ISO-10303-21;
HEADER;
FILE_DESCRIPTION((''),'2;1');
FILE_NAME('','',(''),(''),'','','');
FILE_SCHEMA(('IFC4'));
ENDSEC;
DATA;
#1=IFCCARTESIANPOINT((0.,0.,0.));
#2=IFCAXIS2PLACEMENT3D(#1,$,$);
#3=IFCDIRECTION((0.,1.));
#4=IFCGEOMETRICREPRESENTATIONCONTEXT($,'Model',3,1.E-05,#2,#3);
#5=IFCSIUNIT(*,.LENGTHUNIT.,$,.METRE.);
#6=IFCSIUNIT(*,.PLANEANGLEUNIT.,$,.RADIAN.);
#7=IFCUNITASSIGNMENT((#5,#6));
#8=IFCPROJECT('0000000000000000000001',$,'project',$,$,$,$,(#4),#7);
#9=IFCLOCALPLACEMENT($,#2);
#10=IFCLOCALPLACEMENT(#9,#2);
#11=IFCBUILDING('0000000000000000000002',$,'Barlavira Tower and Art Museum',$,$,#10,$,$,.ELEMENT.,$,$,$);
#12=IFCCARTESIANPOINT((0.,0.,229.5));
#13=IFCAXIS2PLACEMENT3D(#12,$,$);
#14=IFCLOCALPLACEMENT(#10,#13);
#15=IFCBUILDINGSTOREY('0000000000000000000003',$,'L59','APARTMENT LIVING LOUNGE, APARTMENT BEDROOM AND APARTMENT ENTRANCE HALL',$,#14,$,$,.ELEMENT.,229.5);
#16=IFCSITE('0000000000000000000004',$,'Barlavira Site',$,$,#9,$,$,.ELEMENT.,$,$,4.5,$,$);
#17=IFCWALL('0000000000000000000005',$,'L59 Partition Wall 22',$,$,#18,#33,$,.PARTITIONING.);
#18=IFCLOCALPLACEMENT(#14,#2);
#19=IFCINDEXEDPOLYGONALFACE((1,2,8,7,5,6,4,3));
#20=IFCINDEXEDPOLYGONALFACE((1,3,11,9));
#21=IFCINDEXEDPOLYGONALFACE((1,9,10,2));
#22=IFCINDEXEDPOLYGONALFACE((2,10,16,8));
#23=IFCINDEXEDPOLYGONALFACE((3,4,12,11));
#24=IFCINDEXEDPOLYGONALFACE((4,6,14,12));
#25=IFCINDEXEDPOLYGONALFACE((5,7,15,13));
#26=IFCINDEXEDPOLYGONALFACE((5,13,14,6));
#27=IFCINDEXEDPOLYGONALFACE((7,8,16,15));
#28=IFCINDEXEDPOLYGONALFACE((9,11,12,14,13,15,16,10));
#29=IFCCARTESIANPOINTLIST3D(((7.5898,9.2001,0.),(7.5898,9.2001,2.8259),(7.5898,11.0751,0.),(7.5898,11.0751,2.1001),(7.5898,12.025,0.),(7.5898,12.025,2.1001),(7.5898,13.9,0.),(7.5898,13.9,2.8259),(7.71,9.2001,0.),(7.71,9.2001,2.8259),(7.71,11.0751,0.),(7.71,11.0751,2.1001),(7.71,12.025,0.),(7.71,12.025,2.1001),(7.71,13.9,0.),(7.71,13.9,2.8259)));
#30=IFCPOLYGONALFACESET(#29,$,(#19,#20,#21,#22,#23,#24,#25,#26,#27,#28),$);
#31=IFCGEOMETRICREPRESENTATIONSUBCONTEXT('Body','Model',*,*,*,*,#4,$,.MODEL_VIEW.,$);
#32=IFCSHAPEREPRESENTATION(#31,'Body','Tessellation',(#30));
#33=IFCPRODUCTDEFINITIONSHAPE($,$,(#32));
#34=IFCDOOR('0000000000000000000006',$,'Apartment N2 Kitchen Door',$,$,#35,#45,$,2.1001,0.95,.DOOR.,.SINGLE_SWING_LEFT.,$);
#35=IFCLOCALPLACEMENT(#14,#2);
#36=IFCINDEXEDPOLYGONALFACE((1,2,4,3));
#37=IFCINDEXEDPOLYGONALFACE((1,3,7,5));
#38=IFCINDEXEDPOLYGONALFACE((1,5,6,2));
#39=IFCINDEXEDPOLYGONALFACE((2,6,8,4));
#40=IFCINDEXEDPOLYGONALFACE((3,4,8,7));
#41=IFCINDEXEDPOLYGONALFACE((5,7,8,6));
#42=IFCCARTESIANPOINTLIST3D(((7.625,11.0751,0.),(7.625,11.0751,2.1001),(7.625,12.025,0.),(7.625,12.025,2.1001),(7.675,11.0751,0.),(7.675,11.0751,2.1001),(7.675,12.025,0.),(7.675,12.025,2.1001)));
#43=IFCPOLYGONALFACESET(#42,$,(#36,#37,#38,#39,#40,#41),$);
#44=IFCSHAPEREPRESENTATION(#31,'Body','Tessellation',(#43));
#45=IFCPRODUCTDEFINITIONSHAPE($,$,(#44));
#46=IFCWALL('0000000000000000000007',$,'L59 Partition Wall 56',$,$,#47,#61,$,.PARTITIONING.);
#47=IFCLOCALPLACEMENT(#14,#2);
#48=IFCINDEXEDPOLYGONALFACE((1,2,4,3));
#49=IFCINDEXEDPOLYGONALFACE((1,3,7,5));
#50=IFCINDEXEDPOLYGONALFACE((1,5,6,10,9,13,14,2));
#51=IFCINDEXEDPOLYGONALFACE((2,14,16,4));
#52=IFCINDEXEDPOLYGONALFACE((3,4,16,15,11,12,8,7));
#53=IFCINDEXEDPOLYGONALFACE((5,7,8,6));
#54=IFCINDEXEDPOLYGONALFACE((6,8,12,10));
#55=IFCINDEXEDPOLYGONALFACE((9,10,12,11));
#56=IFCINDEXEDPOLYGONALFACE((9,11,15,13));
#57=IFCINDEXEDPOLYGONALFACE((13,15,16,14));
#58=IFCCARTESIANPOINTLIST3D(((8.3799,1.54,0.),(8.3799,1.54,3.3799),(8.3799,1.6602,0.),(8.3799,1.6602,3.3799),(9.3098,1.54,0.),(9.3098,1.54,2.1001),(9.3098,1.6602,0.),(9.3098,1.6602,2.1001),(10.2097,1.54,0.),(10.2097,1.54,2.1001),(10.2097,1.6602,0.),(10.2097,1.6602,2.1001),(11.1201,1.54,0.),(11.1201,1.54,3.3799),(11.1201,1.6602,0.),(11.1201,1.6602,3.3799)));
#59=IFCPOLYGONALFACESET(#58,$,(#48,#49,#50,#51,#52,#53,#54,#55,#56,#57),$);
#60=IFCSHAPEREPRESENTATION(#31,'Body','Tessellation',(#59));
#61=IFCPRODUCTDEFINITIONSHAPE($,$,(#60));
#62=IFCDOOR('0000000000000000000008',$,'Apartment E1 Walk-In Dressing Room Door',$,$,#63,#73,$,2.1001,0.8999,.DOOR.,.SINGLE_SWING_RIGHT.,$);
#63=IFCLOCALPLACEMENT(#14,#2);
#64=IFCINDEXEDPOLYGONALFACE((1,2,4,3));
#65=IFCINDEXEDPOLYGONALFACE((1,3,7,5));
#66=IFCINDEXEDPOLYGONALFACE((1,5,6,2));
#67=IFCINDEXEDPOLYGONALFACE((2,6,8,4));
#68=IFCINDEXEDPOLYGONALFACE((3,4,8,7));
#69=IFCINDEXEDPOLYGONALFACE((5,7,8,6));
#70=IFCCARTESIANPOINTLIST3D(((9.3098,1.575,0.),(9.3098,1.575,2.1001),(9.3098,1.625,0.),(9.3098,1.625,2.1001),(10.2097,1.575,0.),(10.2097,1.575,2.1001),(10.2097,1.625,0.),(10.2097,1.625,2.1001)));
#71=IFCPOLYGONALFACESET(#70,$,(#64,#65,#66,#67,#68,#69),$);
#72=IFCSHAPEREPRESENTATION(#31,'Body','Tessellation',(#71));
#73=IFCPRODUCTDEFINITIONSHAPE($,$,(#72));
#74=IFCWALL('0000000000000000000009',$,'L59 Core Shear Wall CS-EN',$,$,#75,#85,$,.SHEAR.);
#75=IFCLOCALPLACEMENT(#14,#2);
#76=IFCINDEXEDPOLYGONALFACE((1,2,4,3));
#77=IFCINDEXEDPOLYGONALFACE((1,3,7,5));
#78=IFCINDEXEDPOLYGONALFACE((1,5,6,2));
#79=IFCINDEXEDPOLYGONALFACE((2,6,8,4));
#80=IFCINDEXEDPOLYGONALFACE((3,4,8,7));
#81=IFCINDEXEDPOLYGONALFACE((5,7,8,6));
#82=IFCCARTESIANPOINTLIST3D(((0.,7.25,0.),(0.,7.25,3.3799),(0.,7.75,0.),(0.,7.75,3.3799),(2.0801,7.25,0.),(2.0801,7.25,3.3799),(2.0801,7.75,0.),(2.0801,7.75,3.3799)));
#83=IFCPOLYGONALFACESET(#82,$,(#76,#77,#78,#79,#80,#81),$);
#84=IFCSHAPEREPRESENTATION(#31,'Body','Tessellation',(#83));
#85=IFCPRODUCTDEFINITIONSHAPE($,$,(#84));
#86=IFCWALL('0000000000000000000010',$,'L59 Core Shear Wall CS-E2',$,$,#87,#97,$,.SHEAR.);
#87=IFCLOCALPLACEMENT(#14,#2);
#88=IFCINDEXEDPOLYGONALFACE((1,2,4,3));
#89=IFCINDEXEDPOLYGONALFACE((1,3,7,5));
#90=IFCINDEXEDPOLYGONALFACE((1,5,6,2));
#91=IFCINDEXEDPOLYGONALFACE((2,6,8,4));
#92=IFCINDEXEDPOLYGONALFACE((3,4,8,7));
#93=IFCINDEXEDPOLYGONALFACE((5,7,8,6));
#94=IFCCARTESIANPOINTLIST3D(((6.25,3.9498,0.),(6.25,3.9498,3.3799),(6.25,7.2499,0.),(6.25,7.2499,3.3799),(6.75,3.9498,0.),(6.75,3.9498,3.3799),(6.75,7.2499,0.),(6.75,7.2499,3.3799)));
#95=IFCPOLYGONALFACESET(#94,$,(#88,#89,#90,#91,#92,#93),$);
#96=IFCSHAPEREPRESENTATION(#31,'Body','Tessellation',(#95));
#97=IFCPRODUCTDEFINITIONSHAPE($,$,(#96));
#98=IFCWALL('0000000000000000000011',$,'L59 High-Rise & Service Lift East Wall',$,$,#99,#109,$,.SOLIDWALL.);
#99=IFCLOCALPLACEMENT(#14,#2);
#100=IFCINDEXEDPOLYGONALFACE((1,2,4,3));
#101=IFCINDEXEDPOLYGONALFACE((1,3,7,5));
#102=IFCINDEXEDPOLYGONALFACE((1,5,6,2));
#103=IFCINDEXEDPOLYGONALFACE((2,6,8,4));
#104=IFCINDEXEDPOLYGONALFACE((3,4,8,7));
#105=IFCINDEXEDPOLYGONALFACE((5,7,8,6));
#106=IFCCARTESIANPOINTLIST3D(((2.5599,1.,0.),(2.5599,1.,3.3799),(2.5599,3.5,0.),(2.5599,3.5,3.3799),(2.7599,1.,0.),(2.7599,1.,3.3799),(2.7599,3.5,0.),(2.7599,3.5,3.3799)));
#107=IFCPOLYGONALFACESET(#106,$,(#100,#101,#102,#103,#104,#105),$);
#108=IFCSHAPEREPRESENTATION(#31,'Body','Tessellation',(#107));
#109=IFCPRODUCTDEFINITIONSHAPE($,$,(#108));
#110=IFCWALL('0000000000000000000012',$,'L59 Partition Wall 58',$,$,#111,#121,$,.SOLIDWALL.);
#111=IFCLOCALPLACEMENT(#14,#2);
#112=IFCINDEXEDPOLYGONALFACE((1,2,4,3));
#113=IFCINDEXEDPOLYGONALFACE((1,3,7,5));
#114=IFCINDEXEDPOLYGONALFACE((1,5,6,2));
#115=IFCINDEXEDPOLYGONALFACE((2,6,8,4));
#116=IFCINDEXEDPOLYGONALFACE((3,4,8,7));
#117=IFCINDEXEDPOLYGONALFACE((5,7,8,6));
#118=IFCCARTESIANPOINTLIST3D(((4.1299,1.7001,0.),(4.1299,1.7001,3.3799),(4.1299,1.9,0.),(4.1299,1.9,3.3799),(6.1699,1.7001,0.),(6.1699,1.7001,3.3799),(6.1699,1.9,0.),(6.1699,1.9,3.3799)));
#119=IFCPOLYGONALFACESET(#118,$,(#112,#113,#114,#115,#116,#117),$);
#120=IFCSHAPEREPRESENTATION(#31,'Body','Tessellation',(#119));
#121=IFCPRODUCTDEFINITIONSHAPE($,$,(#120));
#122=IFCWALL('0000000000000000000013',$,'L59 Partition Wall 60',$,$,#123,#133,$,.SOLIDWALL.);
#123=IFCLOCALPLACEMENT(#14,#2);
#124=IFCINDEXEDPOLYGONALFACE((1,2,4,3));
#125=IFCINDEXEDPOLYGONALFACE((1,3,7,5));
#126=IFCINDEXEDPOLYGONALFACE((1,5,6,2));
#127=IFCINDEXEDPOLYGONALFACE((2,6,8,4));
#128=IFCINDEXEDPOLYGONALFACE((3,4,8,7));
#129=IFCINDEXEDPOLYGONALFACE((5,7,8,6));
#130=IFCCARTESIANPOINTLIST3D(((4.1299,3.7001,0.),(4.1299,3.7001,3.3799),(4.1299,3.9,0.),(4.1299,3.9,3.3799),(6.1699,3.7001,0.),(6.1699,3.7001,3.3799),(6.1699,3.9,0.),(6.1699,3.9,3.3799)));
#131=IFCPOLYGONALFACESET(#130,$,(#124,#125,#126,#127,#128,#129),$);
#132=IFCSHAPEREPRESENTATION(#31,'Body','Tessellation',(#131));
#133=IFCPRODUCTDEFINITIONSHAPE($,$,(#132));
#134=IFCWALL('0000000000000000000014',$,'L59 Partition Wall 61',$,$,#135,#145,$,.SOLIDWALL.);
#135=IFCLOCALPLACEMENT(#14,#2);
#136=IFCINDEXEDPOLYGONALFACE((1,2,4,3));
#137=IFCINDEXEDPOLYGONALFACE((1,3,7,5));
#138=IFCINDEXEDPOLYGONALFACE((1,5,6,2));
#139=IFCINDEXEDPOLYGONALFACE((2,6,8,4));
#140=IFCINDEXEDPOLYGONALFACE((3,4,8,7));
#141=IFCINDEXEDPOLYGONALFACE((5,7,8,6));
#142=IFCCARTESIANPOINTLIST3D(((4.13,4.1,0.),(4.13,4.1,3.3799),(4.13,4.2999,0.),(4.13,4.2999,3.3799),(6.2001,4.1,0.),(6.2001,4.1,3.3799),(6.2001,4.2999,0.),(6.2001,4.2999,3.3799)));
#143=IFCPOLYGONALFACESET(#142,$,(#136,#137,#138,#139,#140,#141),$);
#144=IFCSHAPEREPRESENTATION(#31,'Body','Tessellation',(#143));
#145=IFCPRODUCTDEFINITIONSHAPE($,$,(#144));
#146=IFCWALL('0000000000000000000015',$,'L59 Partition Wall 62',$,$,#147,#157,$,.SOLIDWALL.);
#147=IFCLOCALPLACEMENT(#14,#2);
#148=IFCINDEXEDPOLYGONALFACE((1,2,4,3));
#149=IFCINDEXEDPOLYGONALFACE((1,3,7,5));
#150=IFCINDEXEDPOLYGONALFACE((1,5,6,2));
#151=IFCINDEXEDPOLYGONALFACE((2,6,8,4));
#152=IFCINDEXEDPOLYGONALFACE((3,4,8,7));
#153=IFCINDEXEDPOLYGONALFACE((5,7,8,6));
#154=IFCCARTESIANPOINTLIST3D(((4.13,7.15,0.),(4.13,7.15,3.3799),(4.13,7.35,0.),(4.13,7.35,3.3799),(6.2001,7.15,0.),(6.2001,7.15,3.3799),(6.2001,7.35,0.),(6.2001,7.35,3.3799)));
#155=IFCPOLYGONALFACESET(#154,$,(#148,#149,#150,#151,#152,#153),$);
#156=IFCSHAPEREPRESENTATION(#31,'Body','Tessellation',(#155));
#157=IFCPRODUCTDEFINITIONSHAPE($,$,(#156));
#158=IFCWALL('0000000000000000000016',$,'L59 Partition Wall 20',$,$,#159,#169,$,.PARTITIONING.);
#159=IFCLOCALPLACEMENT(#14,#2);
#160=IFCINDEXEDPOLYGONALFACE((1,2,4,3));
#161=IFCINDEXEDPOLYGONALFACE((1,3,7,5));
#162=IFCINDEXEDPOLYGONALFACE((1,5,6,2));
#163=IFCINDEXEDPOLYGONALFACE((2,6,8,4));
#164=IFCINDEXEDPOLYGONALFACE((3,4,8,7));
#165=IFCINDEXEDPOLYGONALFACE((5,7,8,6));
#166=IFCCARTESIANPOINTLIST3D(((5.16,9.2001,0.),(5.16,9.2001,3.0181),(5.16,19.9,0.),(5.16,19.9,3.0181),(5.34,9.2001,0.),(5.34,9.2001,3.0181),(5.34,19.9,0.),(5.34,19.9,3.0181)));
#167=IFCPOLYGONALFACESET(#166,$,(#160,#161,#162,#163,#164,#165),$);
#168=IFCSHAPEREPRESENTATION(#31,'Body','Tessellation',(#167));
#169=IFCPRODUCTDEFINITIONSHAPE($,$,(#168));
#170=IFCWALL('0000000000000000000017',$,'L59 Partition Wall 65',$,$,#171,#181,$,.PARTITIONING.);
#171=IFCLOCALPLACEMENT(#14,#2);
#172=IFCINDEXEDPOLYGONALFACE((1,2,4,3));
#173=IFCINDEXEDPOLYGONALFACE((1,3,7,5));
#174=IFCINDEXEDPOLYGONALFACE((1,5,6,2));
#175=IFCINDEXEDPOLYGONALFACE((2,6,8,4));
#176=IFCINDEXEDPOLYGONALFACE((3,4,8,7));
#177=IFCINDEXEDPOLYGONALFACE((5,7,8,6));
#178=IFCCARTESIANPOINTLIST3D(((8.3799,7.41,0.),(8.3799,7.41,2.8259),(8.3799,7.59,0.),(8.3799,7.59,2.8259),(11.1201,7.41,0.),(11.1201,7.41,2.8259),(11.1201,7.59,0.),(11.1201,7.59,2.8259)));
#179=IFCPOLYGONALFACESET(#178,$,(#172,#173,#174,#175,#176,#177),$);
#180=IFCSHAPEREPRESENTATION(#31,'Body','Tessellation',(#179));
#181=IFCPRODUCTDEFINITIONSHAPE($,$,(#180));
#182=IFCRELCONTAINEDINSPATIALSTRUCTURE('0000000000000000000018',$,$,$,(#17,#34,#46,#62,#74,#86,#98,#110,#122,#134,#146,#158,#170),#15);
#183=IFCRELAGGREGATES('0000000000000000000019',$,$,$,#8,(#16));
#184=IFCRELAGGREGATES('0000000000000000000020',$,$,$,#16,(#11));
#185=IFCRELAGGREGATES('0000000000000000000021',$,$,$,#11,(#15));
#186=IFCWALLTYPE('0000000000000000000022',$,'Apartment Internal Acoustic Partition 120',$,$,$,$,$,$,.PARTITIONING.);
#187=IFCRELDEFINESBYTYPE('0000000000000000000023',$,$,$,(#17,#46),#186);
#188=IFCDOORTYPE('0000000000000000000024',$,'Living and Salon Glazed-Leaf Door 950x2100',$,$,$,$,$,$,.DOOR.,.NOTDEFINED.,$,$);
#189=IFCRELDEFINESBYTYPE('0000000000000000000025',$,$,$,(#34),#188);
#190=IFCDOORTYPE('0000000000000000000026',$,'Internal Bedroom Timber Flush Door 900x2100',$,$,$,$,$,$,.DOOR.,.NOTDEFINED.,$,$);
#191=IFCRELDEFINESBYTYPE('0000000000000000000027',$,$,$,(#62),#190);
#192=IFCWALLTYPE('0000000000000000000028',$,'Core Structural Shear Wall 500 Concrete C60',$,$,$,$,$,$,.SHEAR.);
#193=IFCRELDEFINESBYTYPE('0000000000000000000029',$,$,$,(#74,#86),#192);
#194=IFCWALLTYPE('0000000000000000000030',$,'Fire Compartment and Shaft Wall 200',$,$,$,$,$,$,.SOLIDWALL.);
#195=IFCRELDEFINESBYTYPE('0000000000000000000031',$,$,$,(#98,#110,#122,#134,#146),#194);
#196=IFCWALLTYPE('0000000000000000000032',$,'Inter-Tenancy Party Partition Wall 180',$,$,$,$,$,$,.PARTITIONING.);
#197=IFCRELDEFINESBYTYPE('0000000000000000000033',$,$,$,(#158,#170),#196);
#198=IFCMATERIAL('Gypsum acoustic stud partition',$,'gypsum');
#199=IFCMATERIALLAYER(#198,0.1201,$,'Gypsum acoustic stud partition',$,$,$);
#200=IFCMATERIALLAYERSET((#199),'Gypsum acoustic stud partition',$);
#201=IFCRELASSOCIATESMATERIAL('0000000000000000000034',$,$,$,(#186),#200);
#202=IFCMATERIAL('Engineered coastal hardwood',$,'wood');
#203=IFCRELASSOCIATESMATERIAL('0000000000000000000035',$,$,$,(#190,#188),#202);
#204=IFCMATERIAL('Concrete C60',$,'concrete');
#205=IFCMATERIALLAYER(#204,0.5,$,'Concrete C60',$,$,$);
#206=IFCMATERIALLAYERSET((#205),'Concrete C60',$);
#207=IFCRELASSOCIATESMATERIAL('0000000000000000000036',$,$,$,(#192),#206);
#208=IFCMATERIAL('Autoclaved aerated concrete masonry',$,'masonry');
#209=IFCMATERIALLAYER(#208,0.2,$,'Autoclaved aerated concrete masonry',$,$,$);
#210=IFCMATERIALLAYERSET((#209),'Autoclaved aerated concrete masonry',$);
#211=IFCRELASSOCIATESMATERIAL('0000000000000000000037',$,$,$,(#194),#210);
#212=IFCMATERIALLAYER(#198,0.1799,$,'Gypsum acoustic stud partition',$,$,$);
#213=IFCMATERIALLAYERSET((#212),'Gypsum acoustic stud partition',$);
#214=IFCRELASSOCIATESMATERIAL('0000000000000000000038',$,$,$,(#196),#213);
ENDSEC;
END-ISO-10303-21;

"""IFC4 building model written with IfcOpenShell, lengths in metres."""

from ifc_helpers import new_model, si_unit, direction, frame, frame_2d, origin, place, context, subcontext, project, spatial, rectangle, extrude, material, layer, layer_set, type_object, element, fill, save


model = new_model("IFC4")

# Units and contexts
model_context = context("Model", 3, precision=1e-05, world=origin(), true_north=direction((0.0, 1.0)))
body_context = subcontext(model_context, "Body", "Model", "MODEL_VIEW")
ifc_project = project(units=[si_unit("LENGTHUNIT", "METRE"), si_unit("PLANEANGLEUNIT", "RADIAN")], contexts=[model_context])

# Site, building, storey
site_placement = place(None, origin())
site = spatial("IfcSite", under=ifc_project, at=site_placement, Name="Barlavira Site", CompositionType="ELEMENT", RefElevation=4.5)
building_placement = place(site_placement, origin())
building = spatial("IfcBuilding", under=site, at=building_placement, Name="Barlavira Tower and Art Museum", CompositionType="ELEMENT")
storey_placement = place(building_placement, frame((0.0, 0.0, 229.5)))
storey = spatial("IfcBuildingStorey", under=building, at=storey_placement, Name="L59", Description="APARTMENT LIVING LOUNGE, APARTMENT BEDROOM AND APARTMENT ENTRANCE HALL", CompositionType="ELEMENT", Elevation=229.5)

# Walls, openings, doors
ifc_material_1 = material(Name="Gypsum acoustic stud partition", Category="gypsum")
ifc_layer_1 = layer(ifc_material_1, 0.1201, Name="Gypsum acoustic stud partition")
ifc_layer_set_1 = layer_set([ifc_layer_1], Name="Gypsum acoustic stud partition")
wall_type_1 = type_object("IfcWallType", Name="Apartment Internal Acoustic Partition 120", PredefinedType="PARTITIONING", material=ifc_layer_set_1)
ifc_material_2 = material(Name="Engineered coastal hardwood", Category="wood")
door_type_1 = type_object("IfcDoorType", Name="Internal Bedroom Timber Flush Door 900x2100", OperationType="NOTDEFINED", PredefinedType="DOOR", material=ifc_material_2)
wall_1_placement = place(storey_placement, frame((7.6499, 9.2, 0.0), z_axis=(0.0, 0.0, 1.0), x_axis=(0.0, 1.0, 0.0)))
wall_1 = element("IfcWall", 1, at=wall_1_placement, inside=storey, type_object=wall_type_1, Name="L59 Partition Wall 22", PredefinedType="PARTITIONING", context=body_context, shape_type="SweptSolid", body=[
    extrude(rectangle(XDim=4.7, YDim=0.1201, at=frame_2d((2.3501, 0.0))), origin(), (0.0, 0.0, 1.0), 2.8259),
])
opening_1_placement = place(wall_1_placement, frame((1.875, 0.0, 0.0)))
opening_1 = element("IfcOpeningElement", 2, at=opening_1_placement, cuts=wall_1, PredefinedType="OPENING", context=body_context, shape_type="SweptSolid", body=[
    extrude(rectangle(XDim=0.95, YDim=2.1001, at=frame_2d((0.4751, 1.05))), frame((0.0, 0.0701, 0.0), z_axis=(0.0, -1.0, 0.0), x_axis=(1.0, 0.0, 0.0)), (0.0, 0.0, 1.0), 0.1401),
])
door_type_2 = type_object("IfcDoorType", Name="Living and Salon Glazed-Leaf Door 950x2100", OperationType="NOTDEFINED", PredefinedType="DOOR", material=ifc_material_2)
door_1_placement = place(opening_1_placement, origin())
door_1 = element("IfcDoor", 3, at=door_1_placement, inside=storey, type_object=door_type_2, Name="Apartment N2 Kitchen Door", OperationType="SINGLE_SWING_LEFT", OverallHeight=2.1001, OverallWidth=0.95, PredefinedType="DOOR", context=body_context, shape_type="SweptSolid", body=[
    extrude(rectangle(XDim=0.95, YDim=2.1001, at=frame_2d((0.4751, 1.05))), frame((0.0, 0.0249, 0.0), z_axis=(0.0, -1.0, 0.0), x_axis=(1.0, 0.0, 0.0)), (0.0, 0.0, 1.0), 0.05),
])
fill(opening_1, door_1)
wall_2_placement = place(storey_placement, frame((8.3799, 1.6001, 0.0), z_axis=(0.0, 0.0, 1.0), x_axis=(1.0, 0.0, 0.0)))
wall_2 = element("IfcWall", 4, at=wall_2_placement, inside=storey, type_object=wall_type_1, Name="L59 Partition Wall 56", PredefinedType="PARTITIONING", context=body_context, shape_type="SweptSolid", body=[
    extrude(rectangle(XDim=2.7402, YDim=0.1201, at=frame_2d((1.3701, 0.0))), origin(), (0.0, 0.0, 1.0), 3.3799),
])
opening_2_placement = place(wall_2_placement, frame((0.9299, 0.0, 0.0)))
opening_2 = element("IfcOpeningElement", 5, at=opening_2_placement, cuts=wall_2, PredefinedType="OPENING", context=body_context, shape_type="SweptSolid", body=[
    extrude(rectangle(XDim=0.8999, YDim=2.1001, at=frame_2d((0.45, 1.05))), frame((0.0, 0.0701, 0.0), z_axis=(0.0, -1.0, 0.0), x_axis=(1.0, 0.0, 0.0)), (0.0, 0.0, 1.0), 0.1401),
])
door_2_placement = place(opening_2_placement, origin())
door_2 = element("IfcDoor", 6, at=door_2_placement, inside=storey, type_object=door_type_1, Name="Apartment E1 Walk-In Dressing Room Door", OperationType="SINGLE_SWING_RIGHT", OverallHeight=2.1001, OverallWidth=0.8999, PredefinedType="DOOR", context=body_context, shape_type="SweptSolid", body=[
    extrude(rectangle(XDim=0.8999, YDim=2.1001, at=frame_2d((0.45, 1.05))), frame((0.0, 0.0249, 0.0), z_axis=(0.0, -1.0, 0.0), x_axis=(1.0, 0.0, 0.0)), (0.0, 0.0, 1.0), 0.05),
])
fill(opening_2, door_2)

# Walls
ifc_material_3 = material(Name="Concrete C60", Category="concrete")
ifc_layer_2 = layer(ifc_material_3, 0.5, Name="Concrete C60")
ifc_layer_set_2 = layer_set([ifc_layer_2], Name="Concrete C60")
wall_type_2 = type_object("IfcWallType", Name="Core Structural Shear Wall 500 Concrete C60", PredefinedType="SHEAR", material=ifc_layer_set_2)
wall_3_placement = place(storey_placement, frame((0.0, 7.5, 0.0), z_axis=(0.0, 0.0, 1.0), x_axis=(1.0, 0.0, 0.0)))
element("IfcWall", 7, at=wall_3_placement, inside=storey, type_object=wall_type_2, Name="L59 Core Shear Wall CS-EN", PredefinedType="SHEAR", context=body_context, shape_type="SweptSolid", body=[
    extrude(rectangle(XDim=2.0801, YDim=0.5, at=frame_2d((1.04, 0.0))), origin(), (0.0, 0.0, 1.0), 3.3799),
])
wall_4_placement = place(storey_placement, frame((6.5, 3.95, 0.0), z_axis=(0.0, 0.0, 1.0), x_axis=(0.0, 1.0, 0.0)))
element("IfcWall", 8, at=wall_4_placement, inside=storey, type_object=wall_type_2, Name="L59 Core Shear Wall CS-E2", PredefinedType="SHEAR", context=body_context, shape_type="SweptSolid", body=[
    extrude(rectangle(XDim=3.3, YDim=0.5, at=frame_2d((1.6499, 0.0))), origin(), (0.0, 0.0, 1.0), 3.3799),
])
ifc_material_4 = material(Name="Autoclaved aerated concrete masonry", Category="masonry")
ifc_layer_3 = layer(ifc_material_4, 0.2, Name="Autoclaved aerated concrete masonry")
ifc_layer_set_3 = layer_set([ifc_layer_3], Name="Autoclaved aerated concrete masonry")
wall_type_3 = type_object("IfcWallType", Name="Fire Compartment and Shaft Wall 200", PredefinedType="SOLIDWALL", material=ifc_layer_set_3)
wall_5_placement = place(storey_placement, frame((2.6599, 1.0, 0.0), z_axis=(0.0, 0.0, 1.0), x_axis=(0.0, 1.0, 0.0)))
element("IfcWall", 9, at=wall_5_placement, inside=storey, type_object=wall_type_3, Name="L59 High-Rise & Service Lift East Wall", PredefinedType="SOLIDWALL", context=body_context, shape_type="SweptSolid", body=[
    extrude(rectangle(XDim=2.5, YDim=0.2, at=frame_2d((1.25, 0.0))), origin(), (0.0, 0.0, 1.0), 3.3799),
])

# Walls
for number, where, z_axis, x_axis, name in (
    (10, (4.1299, 1.8, 0.0), (0.0, 0.0, 1.0), (1.0, 0.0, 0.0), "L59 Partition Wall 58"),
    (11, (4.1299, 3.8, 0.0), (0.0, 0.0, 1.0), (1.0, 0.0, 0.0), "L59 Partition Wall 60"),
):
    element("IfcWall", number, at=place(storey_placement, frame(where, z_axis=z_axis, x_axis=x_axis)), inside=storey, type_object=wall_type_3, Name=name, PredefinedType="SOLIDWALL", context=body_context, shape_type="SweptSolid", body=[
        extrude(rectangle(XDim=2.04, YDim=0.2, at=frame_2d((1.02, 0.0))), origin(), (0.0, 0.0, 1.0), 3.3799),
    ])
for number, where, z_axis, x_axis, name in (
    (12, (4.1299, 4.2, 0.0), (0.0, 0.0, 1.0), (1.0, 0.0, 0.0), "L59 Partition Wall 61"),
    (13, (4.1299, 7.25, 0.0), (0.0, 0.0, 1.0), (1.0, 0.0, 0.0), "L59 Partition Wall 62"),
):
    element("IfcWall", number, at=place(storey_placement, frame(where, z_axis=z_axis, x_axis=x_axis)), inside=storey, type_object=wall_type_3, Name=name, PredefinedType="SOLIDWALL", context=body_context, shape_type="SweptSolid", body=[
        extrude(rectangle(XDim=2.0701, YDim=0.2, at=frame_2d((1.0352, 0.0))), origin(), (0.0, 0.0, 1.0), 3.3799),
    ])
ifc_layer_4 = layer(ifc_material_1, 0.1799, Name="Gypsum acoustic stud partition")
ifc_layer_set_4 = layer_set([ifc_layer_4], Name="Gypsum acoustic stud partition")
wall_type_4 = type_object("IfcWallType", Name="Inter-Tenancy Party Partition Wall 180", PredefinedType="PARTITIONING", material=ifc_layer_set_4)
wall_6_placement = place(storey_placement, frame((5.25, 9.2, 0.0), z_axis=(0.0, 0.0, 1.0), x_axis=(0.0, 1.0, 0.0)))
element("IfcWall", 14, at=wall_6_placement, inside=storey, type_object=wall_type_4, Name="L59 Partition Wall 20", PredefinedType="PARTITIONING", context=body_context, shape_type="SweptSolid", body=[
    extrude(rectangle(XDim=10.7, YDim=0.1799, at=frame_2d((5.3501, 0.0))), origin(), (0.0, 0.0, 1.0), 3.0181),
])
wall_7_placement = place(storey_placement, frame((8.3799, 7.5, 0.0), z_axis=(0.0, 0.0, 1.0), x_axis=(1.0, 0.0, 0.0)))
element("IfcWall", 15, at=wall_7_placement, inside=storey, type_object=wall_type_4, Name="L59 Partition Wall 65", PredefinedType="PARTITIONING", context=body_context, shape_type="SweptSolid", body=[
    extrude(rectangle(XDim=2.7402, YDim=0.1799, at=frame_2d((1.3701, 0.0))), origin(), (0.0, 0.0, 1.0), 2.8259),
])

save(model, "model.ifc")
